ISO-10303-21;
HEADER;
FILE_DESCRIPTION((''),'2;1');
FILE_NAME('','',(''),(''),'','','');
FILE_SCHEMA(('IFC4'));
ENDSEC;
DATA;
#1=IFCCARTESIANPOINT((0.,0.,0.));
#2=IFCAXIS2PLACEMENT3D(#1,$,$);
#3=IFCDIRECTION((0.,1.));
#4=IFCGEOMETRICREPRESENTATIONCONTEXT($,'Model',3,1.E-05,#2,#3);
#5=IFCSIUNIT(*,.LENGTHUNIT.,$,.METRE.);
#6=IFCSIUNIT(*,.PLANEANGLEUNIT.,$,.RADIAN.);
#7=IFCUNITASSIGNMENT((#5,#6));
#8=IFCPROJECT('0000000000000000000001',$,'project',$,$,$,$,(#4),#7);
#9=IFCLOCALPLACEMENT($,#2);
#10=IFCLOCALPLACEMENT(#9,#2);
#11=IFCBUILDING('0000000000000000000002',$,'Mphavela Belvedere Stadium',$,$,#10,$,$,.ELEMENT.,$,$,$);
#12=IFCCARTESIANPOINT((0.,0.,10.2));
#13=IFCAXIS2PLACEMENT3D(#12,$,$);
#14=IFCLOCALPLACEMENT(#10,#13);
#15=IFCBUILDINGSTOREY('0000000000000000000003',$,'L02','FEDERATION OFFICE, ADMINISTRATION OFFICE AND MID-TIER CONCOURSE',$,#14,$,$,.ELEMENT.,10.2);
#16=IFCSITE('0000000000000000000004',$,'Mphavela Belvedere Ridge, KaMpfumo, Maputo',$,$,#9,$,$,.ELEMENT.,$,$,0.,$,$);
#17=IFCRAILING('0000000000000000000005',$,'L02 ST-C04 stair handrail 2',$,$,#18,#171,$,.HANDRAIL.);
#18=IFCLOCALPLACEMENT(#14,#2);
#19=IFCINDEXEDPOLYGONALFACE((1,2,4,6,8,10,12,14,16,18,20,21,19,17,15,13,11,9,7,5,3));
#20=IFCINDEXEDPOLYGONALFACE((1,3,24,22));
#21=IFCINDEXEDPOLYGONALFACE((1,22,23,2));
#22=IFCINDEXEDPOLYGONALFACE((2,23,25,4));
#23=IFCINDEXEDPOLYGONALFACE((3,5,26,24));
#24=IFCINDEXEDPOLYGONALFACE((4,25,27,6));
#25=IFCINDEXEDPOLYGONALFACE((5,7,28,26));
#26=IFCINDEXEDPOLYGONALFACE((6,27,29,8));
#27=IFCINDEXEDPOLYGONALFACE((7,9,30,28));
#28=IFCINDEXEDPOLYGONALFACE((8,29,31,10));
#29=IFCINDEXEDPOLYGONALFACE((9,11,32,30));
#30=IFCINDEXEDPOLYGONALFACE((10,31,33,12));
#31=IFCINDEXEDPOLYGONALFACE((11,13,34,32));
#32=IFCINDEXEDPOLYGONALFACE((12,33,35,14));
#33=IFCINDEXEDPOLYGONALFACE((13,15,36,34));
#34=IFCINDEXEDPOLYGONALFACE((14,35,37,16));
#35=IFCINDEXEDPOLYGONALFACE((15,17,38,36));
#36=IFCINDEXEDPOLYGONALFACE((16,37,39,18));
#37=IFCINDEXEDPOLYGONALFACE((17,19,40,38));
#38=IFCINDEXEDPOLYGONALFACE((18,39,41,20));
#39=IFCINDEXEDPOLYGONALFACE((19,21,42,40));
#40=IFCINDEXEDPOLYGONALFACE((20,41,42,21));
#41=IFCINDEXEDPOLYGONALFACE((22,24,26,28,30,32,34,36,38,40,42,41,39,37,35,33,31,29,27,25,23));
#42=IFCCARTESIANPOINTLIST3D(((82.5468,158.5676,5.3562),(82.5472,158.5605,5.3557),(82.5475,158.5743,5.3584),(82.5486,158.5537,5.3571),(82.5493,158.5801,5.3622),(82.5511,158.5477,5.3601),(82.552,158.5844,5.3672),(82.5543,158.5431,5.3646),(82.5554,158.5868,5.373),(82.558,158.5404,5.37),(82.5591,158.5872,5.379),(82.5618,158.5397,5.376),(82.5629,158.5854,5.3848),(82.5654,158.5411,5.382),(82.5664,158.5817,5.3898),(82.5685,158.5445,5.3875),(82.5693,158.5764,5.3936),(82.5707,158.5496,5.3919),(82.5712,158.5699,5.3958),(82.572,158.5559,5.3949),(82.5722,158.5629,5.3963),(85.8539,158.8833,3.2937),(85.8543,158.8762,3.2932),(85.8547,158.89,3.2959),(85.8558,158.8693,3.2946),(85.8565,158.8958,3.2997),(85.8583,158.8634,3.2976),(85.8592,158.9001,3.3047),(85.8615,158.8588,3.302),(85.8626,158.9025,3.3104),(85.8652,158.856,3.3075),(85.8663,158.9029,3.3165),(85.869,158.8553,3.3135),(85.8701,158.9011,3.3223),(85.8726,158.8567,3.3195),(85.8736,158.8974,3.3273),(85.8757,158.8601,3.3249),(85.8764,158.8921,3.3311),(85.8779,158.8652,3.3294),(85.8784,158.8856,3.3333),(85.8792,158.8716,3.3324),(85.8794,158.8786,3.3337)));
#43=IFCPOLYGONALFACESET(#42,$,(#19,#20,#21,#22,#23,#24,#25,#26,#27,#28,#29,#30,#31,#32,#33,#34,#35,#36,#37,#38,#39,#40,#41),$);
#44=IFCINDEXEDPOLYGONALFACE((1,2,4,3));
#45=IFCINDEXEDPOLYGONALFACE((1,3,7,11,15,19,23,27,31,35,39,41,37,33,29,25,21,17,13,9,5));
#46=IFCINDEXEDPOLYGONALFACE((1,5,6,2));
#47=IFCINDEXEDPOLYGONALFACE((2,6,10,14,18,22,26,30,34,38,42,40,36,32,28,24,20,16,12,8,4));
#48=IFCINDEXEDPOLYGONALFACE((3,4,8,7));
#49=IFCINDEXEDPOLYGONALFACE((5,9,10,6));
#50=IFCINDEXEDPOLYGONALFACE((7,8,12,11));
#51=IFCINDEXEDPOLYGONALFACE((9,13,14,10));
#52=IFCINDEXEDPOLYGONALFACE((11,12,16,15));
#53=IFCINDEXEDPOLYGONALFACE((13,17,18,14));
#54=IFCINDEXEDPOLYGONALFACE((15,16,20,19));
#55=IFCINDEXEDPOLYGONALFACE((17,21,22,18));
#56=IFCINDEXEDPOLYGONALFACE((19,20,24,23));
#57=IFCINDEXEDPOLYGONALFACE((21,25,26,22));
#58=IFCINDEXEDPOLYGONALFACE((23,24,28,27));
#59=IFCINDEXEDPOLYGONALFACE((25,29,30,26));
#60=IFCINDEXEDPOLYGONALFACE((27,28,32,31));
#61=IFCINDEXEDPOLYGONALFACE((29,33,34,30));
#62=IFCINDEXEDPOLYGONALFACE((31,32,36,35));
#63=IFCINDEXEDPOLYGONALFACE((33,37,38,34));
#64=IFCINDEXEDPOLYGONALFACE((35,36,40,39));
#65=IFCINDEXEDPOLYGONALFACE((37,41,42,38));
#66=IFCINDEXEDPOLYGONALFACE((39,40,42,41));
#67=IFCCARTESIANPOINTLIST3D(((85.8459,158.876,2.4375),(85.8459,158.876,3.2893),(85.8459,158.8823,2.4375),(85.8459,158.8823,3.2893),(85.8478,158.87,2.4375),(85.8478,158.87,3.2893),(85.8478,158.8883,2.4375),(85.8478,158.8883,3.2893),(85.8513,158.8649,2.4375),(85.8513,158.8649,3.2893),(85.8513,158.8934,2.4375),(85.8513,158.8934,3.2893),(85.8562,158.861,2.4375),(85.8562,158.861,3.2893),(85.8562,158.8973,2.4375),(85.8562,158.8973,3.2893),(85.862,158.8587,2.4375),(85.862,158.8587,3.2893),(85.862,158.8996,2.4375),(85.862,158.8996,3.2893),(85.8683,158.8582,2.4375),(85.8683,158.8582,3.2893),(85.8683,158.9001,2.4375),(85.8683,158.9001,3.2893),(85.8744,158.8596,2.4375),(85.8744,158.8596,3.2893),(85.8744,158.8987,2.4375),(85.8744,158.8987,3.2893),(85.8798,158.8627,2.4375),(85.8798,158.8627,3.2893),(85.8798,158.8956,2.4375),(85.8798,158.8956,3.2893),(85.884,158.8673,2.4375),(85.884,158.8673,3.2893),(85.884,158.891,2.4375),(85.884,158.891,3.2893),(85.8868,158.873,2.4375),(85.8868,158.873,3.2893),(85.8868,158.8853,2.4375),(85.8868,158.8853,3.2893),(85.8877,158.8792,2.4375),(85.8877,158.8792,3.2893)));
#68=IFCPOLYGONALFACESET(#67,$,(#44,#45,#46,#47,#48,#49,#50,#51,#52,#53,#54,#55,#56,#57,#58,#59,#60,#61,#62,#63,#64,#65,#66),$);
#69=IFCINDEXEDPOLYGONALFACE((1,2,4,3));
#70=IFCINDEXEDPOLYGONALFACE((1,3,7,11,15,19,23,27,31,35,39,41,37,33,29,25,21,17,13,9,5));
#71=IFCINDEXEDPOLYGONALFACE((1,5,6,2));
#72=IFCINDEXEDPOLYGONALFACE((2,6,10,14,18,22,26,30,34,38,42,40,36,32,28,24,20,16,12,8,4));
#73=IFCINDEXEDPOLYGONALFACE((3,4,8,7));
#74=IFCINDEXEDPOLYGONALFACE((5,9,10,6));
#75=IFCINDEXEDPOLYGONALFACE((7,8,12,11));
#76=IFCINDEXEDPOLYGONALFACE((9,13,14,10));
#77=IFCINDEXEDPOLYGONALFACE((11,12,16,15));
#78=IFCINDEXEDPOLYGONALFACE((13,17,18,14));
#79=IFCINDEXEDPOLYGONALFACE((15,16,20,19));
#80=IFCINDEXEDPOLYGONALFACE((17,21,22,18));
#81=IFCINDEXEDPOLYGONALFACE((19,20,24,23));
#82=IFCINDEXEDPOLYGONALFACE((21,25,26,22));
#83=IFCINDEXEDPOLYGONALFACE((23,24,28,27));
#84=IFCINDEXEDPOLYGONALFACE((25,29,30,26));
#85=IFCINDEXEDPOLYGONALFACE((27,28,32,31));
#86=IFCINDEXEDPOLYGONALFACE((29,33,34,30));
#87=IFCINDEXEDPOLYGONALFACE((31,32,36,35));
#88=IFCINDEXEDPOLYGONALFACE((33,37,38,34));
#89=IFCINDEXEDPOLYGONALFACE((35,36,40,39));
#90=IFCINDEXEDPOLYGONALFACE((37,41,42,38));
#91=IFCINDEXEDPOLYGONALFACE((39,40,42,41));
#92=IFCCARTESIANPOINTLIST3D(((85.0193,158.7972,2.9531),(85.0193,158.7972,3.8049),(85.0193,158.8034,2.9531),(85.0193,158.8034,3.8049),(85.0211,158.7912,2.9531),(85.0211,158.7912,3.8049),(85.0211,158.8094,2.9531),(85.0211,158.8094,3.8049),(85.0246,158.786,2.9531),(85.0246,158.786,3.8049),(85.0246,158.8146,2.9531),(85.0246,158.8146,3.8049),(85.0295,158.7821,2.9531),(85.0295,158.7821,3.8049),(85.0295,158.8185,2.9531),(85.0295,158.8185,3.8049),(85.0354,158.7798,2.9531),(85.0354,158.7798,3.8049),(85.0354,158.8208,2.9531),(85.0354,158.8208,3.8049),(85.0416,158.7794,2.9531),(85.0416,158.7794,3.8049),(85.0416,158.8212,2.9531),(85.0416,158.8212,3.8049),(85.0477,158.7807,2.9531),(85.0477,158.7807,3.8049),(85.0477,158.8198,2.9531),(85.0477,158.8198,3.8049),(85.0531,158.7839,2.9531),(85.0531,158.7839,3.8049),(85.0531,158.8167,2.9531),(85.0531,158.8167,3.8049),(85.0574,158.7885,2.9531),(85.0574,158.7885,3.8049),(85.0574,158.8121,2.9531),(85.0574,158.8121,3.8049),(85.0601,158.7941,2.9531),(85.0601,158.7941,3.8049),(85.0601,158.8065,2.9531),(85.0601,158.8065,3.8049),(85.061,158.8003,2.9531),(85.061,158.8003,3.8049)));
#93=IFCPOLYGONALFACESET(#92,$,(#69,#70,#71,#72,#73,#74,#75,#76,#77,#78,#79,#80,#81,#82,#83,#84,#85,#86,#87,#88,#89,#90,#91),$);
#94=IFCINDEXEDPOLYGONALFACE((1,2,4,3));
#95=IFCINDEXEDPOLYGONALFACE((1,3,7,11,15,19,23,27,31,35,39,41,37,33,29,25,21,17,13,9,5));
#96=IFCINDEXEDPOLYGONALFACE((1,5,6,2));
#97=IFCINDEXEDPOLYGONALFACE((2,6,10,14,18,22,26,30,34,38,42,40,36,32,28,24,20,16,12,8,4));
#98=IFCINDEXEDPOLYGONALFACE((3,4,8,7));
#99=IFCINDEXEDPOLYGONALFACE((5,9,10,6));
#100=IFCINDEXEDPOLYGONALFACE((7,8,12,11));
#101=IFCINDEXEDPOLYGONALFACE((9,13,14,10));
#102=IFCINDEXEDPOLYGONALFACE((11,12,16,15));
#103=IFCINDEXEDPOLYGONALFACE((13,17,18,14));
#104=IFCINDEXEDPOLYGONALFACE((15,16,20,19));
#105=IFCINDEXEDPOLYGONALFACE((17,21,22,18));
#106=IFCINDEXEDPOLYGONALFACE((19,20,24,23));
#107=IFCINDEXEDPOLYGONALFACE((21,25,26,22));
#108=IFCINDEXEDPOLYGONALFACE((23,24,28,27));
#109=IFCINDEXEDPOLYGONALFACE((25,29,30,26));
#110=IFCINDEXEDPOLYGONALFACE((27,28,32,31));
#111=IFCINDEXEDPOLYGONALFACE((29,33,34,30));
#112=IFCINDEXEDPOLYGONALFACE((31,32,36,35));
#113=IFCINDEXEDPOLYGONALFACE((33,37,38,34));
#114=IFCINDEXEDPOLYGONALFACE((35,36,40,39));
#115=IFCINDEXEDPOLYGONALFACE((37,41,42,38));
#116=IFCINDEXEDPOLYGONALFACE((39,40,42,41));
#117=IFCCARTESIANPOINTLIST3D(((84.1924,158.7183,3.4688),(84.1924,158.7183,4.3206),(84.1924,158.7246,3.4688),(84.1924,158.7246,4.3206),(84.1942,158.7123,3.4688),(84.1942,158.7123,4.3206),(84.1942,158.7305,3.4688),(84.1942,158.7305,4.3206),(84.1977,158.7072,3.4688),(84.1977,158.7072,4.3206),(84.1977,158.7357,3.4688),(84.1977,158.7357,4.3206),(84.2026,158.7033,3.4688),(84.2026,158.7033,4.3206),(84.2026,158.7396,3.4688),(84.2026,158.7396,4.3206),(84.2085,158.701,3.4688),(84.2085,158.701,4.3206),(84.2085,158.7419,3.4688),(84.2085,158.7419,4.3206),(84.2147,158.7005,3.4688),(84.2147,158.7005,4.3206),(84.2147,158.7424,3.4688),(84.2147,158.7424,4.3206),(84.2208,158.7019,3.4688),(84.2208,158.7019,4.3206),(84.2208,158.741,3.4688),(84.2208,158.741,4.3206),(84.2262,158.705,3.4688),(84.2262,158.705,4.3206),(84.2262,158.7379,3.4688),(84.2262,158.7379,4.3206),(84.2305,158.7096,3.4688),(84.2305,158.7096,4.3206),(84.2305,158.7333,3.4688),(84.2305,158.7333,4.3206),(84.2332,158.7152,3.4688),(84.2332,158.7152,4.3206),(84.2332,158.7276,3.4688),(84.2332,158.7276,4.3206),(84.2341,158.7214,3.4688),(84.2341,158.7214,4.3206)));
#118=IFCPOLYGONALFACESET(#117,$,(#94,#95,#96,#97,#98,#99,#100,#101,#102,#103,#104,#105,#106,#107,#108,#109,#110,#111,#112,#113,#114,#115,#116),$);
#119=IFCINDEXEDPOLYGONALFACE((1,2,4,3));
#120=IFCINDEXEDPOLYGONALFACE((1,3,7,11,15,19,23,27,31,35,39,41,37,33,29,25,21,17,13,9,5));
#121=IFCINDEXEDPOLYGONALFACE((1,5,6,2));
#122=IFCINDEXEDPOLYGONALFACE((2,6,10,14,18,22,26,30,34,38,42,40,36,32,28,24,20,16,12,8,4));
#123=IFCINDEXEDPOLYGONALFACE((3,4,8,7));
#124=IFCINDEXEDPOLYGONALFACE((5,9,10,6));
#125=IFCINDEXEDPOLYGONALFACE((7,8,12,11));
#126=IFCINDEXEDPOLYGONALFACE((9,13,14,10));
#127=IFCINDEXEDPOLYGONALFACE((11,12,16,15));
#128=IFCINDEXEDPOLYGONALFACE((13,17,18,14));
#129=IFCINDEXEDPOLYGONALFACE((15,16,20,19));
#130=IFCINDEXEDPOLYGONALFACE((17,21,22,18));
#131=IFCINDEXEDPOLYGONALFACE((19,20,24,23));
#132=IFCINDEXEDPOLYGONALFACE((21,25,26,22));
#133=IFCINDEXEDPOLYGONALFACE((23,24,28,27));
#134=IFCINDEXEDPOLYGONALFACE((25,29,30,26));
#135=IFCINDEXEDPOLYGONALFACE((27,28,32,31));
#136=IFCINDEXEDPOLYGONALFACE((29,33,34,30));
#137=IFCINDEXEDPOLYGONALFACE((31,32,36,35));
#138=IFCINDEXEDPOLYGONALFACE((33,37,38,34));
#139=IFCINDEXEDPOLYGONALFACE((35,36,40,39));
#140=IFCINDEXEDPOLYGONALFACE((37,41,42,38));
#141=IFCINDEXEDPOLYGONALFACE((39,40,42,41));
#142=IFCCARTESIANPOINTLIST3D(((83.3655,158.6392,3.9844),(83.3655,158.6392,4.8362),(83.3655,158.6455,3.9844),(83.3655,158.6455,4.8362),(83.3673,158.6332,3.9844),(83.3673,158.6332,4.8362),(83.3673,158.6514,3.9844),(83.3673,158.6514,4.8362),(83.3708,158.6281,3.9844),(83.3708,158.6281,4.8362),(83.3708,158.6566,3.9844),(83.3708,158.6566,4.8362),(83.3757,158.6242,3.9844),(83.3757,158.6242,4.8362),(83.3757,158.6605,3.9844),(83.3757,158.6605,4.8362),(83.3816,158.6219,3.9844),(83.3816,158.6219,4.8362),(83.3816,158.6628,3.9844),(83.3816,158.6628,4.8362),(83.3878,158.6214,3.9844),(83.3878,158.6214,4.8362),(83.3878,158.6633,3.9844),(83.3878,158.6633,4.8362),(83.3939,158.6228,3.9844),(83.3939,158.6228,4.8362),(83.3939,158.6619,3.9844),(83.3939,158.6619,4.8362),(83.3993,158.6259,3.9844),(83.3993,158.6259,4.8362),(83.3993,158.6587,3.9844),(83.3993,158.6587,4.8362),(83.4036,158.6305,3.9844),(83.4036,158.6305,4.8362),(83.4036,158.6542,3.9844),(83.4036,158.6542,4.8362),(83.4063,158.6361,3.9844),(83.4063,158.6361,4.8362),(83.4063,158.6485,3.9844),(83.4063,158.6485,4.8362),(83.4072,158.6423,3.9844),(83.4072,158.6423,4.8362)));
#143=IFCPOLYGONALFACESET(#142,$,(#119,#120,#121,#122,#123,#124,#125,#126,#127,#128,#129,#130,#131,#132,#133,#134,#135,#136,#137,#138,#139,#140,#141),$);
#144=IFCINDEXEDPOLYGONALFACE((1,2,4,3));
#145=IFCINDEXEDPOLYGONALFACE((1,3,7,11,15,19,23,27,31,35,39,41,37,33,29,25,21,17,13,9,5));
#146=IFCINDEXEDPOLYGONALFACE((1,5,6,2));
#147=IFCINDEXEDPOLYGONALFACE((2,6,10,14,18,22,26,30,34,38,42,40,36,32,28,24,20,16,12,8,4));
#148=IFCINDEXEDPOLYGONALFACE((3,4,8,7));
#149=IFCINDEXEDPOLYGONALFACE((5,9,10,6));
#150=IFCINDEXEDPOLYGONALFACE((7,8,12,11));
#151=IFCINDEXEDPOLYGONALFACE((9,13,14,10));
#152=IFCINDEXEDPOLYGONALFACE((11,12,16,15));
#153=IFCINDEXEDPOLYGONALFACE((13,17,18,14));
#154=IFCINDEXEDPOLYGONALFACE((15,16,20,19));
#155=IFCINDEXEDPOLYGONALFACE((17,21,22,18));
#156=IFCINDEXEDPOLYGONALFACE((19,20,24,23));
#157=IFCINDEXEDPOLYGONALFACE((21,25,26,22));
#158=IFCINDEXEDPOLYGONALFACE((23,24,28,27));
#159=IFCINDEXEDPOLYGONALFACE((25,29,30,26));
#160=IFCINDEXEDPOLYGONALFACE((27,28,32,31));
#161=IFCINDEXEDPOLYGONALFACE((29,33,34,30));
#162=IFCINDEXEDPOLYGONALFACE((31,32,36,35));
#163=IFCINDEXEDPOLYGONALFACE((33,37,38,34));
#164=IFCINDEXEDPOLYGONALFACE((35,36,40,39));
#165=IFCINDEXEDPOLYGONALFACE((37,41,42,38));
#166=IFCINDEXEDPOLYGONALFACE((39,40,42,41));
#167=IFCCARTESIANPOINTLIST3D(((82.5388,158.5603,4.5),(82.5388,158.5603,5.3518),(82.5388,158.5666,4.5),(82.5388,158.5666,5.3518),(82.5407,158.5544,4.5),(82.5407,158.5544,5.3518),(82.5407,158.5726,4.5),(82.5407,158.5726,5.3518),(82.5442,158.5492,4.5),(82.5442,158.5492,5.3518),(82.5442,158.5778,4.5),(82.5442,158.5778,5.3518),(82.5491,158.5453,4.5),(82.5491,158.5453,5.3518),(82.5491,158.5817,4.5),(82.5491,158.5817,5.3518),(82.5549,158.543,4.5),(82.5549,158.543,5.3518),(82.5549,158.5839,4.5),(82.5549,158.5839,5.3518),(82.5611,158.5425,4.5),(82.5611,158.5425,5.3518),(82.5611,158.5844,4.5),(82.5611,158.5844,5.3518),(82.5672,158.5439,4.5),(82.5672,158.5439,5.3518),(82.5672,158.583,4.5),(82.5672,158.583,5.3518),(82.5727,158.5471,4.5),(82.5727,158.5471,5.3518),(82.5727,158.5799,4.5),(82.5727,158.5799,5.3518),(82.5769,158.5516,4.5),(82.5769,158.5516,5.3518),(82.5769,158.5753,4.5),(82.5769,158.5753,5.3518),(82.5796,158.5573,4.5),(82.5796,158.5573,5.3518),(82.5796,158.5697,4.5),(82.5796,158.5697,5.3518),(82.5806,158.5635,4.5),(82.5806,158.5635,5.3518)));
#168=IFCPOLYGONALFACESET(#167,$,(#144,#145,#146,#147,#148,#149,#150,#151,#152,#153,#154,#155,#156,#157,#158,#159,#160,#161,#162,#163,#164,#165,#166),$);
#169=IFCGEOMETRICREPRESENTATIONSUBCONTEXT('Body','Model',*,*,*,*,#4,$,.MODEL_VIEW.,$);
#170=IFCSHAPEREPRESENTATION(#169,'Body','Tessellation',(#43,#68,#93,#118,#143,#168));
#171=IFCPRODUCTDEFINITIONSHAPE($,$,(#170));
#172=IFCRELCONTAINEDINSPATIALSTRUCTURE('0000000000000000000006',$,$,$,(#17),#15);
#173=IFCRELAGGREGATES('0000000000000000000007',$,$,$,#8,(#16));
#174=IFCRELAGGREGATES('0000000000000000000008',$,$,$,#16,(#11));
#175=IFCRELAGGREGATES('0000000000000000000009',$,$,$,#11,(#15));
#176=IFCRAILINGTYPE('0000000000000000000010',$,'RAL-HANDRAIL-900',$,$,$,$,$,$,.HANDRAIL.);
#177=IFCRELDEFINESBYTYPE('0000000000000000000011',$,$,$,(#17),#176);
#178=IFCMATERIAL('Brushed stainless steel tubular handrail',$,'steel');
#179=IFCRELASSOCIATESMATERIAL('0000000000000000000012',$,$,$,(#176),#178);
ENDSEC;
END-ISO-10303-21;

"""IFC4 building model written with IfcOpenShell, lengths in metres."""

from ifc_helpers import new_model, si_unit, direction, frame, origin, origin_2d, place, context, subcontext, project, spatial, circle, extrude, material, type_object, element, save


model = new_model("IFC4")

# Units and contexts
model_context = context("Model", 3, precision=1e-05, world=origin(), true_north=direction((0.0, 1.0)))
body_context = subcontext(model_context, "Body", "Model", "MODEL_VIEW")
ifc_project = project(units=[si_unit("LENGTHUNIT", "METRE"), si_unit("PLANEANGLEUNIT", "RADIAN")], contexts=[model_context])

# Site, building, storey
site_placement = place(None, origin())
site = spatial("IfcSite", under=ifc_project, at=site_placement, Name="Mphavela Belvedere Ridge, KaMpfumo, Maputo", CompositionType="ELEMENT", RefElevation=0.0)
building_placement = place(site_placement, origin())
building = spatial("IfcBuilding", under=site, at=building_placement, Name="Mphavela Belvedere Stadium", CompositionType="ELEMENT")
storey_placement = place(building_placement, frame((0.0, 0.0, 10.2)))
storey = spatial("IfcBuildingStorey", under=building, at=storey_placement, Name="L02", Description="FEDERATION OFFICE, ADMINISTRATION OFFICE AND MID-TIER CONCOURSE", CompositionType="ELEMENT", Elevation=10.2)

# Railing
ifc_material_1 = material(Name="Brushed stainless steel tubular handrail", Category="steel")
railing_type_1 = type_object("IfcRailingType", Name="RAL-HANDRAIL-900", PredefinedType="HANDRAIL", material=ifc_material_1)
railing_1_placement = place(storey_placement, frame((85.8667, 158.8792, 2.4375)))
element("IfcRailing", 1, at=railing_1_placement, inside=storey, type_object=railing_type_1, Name="L02 ST-C04 stair handrail 2", PredefinedType="HANDRAIL", context=body_context, shape_type="SweptSolid", body=[
    extrude(circle(Radius=0.0239, at=origin_2d()), frame((0.0, 0.0, 0.876), z_axis=(-0.845742, -0.080728, 0.527449), x_axis=(0.095021, -0.995475, 0.0)), (0.0, 0.0, 1.0), 3.9104),
    extrude(circle(Radius=0.021, at=origin_2d()), origin(), (0.0, 0.0, 1.0), 0.8518),
    extrude(circle(Radius=0.021, at=origin_2d()), frame((-0.8267, -0.0789, 0.5156)), (0.0, 0.0, 1.0), 0.8518),
    extrude(circle(Radius=0.021, at=origin_2d()), frame((-1.6536, -0.1577, 1.0312)), (0.0, 0.0, 1.0), 0.8518),
    extrude(circle(Radius=0.021, at=origin_2d()), frame((-2.4805, -0.2368, 1.5469)), (0.0, 0.0, 1.0), 0.8518),
    extrude(circle(Radius=0.021, at=origin_2d()), frame((-3.3071, -0.3157, 2.0625)), (0.0, 0.0, 1.0), 0.8518),
])

save(model, "model.ifc")
